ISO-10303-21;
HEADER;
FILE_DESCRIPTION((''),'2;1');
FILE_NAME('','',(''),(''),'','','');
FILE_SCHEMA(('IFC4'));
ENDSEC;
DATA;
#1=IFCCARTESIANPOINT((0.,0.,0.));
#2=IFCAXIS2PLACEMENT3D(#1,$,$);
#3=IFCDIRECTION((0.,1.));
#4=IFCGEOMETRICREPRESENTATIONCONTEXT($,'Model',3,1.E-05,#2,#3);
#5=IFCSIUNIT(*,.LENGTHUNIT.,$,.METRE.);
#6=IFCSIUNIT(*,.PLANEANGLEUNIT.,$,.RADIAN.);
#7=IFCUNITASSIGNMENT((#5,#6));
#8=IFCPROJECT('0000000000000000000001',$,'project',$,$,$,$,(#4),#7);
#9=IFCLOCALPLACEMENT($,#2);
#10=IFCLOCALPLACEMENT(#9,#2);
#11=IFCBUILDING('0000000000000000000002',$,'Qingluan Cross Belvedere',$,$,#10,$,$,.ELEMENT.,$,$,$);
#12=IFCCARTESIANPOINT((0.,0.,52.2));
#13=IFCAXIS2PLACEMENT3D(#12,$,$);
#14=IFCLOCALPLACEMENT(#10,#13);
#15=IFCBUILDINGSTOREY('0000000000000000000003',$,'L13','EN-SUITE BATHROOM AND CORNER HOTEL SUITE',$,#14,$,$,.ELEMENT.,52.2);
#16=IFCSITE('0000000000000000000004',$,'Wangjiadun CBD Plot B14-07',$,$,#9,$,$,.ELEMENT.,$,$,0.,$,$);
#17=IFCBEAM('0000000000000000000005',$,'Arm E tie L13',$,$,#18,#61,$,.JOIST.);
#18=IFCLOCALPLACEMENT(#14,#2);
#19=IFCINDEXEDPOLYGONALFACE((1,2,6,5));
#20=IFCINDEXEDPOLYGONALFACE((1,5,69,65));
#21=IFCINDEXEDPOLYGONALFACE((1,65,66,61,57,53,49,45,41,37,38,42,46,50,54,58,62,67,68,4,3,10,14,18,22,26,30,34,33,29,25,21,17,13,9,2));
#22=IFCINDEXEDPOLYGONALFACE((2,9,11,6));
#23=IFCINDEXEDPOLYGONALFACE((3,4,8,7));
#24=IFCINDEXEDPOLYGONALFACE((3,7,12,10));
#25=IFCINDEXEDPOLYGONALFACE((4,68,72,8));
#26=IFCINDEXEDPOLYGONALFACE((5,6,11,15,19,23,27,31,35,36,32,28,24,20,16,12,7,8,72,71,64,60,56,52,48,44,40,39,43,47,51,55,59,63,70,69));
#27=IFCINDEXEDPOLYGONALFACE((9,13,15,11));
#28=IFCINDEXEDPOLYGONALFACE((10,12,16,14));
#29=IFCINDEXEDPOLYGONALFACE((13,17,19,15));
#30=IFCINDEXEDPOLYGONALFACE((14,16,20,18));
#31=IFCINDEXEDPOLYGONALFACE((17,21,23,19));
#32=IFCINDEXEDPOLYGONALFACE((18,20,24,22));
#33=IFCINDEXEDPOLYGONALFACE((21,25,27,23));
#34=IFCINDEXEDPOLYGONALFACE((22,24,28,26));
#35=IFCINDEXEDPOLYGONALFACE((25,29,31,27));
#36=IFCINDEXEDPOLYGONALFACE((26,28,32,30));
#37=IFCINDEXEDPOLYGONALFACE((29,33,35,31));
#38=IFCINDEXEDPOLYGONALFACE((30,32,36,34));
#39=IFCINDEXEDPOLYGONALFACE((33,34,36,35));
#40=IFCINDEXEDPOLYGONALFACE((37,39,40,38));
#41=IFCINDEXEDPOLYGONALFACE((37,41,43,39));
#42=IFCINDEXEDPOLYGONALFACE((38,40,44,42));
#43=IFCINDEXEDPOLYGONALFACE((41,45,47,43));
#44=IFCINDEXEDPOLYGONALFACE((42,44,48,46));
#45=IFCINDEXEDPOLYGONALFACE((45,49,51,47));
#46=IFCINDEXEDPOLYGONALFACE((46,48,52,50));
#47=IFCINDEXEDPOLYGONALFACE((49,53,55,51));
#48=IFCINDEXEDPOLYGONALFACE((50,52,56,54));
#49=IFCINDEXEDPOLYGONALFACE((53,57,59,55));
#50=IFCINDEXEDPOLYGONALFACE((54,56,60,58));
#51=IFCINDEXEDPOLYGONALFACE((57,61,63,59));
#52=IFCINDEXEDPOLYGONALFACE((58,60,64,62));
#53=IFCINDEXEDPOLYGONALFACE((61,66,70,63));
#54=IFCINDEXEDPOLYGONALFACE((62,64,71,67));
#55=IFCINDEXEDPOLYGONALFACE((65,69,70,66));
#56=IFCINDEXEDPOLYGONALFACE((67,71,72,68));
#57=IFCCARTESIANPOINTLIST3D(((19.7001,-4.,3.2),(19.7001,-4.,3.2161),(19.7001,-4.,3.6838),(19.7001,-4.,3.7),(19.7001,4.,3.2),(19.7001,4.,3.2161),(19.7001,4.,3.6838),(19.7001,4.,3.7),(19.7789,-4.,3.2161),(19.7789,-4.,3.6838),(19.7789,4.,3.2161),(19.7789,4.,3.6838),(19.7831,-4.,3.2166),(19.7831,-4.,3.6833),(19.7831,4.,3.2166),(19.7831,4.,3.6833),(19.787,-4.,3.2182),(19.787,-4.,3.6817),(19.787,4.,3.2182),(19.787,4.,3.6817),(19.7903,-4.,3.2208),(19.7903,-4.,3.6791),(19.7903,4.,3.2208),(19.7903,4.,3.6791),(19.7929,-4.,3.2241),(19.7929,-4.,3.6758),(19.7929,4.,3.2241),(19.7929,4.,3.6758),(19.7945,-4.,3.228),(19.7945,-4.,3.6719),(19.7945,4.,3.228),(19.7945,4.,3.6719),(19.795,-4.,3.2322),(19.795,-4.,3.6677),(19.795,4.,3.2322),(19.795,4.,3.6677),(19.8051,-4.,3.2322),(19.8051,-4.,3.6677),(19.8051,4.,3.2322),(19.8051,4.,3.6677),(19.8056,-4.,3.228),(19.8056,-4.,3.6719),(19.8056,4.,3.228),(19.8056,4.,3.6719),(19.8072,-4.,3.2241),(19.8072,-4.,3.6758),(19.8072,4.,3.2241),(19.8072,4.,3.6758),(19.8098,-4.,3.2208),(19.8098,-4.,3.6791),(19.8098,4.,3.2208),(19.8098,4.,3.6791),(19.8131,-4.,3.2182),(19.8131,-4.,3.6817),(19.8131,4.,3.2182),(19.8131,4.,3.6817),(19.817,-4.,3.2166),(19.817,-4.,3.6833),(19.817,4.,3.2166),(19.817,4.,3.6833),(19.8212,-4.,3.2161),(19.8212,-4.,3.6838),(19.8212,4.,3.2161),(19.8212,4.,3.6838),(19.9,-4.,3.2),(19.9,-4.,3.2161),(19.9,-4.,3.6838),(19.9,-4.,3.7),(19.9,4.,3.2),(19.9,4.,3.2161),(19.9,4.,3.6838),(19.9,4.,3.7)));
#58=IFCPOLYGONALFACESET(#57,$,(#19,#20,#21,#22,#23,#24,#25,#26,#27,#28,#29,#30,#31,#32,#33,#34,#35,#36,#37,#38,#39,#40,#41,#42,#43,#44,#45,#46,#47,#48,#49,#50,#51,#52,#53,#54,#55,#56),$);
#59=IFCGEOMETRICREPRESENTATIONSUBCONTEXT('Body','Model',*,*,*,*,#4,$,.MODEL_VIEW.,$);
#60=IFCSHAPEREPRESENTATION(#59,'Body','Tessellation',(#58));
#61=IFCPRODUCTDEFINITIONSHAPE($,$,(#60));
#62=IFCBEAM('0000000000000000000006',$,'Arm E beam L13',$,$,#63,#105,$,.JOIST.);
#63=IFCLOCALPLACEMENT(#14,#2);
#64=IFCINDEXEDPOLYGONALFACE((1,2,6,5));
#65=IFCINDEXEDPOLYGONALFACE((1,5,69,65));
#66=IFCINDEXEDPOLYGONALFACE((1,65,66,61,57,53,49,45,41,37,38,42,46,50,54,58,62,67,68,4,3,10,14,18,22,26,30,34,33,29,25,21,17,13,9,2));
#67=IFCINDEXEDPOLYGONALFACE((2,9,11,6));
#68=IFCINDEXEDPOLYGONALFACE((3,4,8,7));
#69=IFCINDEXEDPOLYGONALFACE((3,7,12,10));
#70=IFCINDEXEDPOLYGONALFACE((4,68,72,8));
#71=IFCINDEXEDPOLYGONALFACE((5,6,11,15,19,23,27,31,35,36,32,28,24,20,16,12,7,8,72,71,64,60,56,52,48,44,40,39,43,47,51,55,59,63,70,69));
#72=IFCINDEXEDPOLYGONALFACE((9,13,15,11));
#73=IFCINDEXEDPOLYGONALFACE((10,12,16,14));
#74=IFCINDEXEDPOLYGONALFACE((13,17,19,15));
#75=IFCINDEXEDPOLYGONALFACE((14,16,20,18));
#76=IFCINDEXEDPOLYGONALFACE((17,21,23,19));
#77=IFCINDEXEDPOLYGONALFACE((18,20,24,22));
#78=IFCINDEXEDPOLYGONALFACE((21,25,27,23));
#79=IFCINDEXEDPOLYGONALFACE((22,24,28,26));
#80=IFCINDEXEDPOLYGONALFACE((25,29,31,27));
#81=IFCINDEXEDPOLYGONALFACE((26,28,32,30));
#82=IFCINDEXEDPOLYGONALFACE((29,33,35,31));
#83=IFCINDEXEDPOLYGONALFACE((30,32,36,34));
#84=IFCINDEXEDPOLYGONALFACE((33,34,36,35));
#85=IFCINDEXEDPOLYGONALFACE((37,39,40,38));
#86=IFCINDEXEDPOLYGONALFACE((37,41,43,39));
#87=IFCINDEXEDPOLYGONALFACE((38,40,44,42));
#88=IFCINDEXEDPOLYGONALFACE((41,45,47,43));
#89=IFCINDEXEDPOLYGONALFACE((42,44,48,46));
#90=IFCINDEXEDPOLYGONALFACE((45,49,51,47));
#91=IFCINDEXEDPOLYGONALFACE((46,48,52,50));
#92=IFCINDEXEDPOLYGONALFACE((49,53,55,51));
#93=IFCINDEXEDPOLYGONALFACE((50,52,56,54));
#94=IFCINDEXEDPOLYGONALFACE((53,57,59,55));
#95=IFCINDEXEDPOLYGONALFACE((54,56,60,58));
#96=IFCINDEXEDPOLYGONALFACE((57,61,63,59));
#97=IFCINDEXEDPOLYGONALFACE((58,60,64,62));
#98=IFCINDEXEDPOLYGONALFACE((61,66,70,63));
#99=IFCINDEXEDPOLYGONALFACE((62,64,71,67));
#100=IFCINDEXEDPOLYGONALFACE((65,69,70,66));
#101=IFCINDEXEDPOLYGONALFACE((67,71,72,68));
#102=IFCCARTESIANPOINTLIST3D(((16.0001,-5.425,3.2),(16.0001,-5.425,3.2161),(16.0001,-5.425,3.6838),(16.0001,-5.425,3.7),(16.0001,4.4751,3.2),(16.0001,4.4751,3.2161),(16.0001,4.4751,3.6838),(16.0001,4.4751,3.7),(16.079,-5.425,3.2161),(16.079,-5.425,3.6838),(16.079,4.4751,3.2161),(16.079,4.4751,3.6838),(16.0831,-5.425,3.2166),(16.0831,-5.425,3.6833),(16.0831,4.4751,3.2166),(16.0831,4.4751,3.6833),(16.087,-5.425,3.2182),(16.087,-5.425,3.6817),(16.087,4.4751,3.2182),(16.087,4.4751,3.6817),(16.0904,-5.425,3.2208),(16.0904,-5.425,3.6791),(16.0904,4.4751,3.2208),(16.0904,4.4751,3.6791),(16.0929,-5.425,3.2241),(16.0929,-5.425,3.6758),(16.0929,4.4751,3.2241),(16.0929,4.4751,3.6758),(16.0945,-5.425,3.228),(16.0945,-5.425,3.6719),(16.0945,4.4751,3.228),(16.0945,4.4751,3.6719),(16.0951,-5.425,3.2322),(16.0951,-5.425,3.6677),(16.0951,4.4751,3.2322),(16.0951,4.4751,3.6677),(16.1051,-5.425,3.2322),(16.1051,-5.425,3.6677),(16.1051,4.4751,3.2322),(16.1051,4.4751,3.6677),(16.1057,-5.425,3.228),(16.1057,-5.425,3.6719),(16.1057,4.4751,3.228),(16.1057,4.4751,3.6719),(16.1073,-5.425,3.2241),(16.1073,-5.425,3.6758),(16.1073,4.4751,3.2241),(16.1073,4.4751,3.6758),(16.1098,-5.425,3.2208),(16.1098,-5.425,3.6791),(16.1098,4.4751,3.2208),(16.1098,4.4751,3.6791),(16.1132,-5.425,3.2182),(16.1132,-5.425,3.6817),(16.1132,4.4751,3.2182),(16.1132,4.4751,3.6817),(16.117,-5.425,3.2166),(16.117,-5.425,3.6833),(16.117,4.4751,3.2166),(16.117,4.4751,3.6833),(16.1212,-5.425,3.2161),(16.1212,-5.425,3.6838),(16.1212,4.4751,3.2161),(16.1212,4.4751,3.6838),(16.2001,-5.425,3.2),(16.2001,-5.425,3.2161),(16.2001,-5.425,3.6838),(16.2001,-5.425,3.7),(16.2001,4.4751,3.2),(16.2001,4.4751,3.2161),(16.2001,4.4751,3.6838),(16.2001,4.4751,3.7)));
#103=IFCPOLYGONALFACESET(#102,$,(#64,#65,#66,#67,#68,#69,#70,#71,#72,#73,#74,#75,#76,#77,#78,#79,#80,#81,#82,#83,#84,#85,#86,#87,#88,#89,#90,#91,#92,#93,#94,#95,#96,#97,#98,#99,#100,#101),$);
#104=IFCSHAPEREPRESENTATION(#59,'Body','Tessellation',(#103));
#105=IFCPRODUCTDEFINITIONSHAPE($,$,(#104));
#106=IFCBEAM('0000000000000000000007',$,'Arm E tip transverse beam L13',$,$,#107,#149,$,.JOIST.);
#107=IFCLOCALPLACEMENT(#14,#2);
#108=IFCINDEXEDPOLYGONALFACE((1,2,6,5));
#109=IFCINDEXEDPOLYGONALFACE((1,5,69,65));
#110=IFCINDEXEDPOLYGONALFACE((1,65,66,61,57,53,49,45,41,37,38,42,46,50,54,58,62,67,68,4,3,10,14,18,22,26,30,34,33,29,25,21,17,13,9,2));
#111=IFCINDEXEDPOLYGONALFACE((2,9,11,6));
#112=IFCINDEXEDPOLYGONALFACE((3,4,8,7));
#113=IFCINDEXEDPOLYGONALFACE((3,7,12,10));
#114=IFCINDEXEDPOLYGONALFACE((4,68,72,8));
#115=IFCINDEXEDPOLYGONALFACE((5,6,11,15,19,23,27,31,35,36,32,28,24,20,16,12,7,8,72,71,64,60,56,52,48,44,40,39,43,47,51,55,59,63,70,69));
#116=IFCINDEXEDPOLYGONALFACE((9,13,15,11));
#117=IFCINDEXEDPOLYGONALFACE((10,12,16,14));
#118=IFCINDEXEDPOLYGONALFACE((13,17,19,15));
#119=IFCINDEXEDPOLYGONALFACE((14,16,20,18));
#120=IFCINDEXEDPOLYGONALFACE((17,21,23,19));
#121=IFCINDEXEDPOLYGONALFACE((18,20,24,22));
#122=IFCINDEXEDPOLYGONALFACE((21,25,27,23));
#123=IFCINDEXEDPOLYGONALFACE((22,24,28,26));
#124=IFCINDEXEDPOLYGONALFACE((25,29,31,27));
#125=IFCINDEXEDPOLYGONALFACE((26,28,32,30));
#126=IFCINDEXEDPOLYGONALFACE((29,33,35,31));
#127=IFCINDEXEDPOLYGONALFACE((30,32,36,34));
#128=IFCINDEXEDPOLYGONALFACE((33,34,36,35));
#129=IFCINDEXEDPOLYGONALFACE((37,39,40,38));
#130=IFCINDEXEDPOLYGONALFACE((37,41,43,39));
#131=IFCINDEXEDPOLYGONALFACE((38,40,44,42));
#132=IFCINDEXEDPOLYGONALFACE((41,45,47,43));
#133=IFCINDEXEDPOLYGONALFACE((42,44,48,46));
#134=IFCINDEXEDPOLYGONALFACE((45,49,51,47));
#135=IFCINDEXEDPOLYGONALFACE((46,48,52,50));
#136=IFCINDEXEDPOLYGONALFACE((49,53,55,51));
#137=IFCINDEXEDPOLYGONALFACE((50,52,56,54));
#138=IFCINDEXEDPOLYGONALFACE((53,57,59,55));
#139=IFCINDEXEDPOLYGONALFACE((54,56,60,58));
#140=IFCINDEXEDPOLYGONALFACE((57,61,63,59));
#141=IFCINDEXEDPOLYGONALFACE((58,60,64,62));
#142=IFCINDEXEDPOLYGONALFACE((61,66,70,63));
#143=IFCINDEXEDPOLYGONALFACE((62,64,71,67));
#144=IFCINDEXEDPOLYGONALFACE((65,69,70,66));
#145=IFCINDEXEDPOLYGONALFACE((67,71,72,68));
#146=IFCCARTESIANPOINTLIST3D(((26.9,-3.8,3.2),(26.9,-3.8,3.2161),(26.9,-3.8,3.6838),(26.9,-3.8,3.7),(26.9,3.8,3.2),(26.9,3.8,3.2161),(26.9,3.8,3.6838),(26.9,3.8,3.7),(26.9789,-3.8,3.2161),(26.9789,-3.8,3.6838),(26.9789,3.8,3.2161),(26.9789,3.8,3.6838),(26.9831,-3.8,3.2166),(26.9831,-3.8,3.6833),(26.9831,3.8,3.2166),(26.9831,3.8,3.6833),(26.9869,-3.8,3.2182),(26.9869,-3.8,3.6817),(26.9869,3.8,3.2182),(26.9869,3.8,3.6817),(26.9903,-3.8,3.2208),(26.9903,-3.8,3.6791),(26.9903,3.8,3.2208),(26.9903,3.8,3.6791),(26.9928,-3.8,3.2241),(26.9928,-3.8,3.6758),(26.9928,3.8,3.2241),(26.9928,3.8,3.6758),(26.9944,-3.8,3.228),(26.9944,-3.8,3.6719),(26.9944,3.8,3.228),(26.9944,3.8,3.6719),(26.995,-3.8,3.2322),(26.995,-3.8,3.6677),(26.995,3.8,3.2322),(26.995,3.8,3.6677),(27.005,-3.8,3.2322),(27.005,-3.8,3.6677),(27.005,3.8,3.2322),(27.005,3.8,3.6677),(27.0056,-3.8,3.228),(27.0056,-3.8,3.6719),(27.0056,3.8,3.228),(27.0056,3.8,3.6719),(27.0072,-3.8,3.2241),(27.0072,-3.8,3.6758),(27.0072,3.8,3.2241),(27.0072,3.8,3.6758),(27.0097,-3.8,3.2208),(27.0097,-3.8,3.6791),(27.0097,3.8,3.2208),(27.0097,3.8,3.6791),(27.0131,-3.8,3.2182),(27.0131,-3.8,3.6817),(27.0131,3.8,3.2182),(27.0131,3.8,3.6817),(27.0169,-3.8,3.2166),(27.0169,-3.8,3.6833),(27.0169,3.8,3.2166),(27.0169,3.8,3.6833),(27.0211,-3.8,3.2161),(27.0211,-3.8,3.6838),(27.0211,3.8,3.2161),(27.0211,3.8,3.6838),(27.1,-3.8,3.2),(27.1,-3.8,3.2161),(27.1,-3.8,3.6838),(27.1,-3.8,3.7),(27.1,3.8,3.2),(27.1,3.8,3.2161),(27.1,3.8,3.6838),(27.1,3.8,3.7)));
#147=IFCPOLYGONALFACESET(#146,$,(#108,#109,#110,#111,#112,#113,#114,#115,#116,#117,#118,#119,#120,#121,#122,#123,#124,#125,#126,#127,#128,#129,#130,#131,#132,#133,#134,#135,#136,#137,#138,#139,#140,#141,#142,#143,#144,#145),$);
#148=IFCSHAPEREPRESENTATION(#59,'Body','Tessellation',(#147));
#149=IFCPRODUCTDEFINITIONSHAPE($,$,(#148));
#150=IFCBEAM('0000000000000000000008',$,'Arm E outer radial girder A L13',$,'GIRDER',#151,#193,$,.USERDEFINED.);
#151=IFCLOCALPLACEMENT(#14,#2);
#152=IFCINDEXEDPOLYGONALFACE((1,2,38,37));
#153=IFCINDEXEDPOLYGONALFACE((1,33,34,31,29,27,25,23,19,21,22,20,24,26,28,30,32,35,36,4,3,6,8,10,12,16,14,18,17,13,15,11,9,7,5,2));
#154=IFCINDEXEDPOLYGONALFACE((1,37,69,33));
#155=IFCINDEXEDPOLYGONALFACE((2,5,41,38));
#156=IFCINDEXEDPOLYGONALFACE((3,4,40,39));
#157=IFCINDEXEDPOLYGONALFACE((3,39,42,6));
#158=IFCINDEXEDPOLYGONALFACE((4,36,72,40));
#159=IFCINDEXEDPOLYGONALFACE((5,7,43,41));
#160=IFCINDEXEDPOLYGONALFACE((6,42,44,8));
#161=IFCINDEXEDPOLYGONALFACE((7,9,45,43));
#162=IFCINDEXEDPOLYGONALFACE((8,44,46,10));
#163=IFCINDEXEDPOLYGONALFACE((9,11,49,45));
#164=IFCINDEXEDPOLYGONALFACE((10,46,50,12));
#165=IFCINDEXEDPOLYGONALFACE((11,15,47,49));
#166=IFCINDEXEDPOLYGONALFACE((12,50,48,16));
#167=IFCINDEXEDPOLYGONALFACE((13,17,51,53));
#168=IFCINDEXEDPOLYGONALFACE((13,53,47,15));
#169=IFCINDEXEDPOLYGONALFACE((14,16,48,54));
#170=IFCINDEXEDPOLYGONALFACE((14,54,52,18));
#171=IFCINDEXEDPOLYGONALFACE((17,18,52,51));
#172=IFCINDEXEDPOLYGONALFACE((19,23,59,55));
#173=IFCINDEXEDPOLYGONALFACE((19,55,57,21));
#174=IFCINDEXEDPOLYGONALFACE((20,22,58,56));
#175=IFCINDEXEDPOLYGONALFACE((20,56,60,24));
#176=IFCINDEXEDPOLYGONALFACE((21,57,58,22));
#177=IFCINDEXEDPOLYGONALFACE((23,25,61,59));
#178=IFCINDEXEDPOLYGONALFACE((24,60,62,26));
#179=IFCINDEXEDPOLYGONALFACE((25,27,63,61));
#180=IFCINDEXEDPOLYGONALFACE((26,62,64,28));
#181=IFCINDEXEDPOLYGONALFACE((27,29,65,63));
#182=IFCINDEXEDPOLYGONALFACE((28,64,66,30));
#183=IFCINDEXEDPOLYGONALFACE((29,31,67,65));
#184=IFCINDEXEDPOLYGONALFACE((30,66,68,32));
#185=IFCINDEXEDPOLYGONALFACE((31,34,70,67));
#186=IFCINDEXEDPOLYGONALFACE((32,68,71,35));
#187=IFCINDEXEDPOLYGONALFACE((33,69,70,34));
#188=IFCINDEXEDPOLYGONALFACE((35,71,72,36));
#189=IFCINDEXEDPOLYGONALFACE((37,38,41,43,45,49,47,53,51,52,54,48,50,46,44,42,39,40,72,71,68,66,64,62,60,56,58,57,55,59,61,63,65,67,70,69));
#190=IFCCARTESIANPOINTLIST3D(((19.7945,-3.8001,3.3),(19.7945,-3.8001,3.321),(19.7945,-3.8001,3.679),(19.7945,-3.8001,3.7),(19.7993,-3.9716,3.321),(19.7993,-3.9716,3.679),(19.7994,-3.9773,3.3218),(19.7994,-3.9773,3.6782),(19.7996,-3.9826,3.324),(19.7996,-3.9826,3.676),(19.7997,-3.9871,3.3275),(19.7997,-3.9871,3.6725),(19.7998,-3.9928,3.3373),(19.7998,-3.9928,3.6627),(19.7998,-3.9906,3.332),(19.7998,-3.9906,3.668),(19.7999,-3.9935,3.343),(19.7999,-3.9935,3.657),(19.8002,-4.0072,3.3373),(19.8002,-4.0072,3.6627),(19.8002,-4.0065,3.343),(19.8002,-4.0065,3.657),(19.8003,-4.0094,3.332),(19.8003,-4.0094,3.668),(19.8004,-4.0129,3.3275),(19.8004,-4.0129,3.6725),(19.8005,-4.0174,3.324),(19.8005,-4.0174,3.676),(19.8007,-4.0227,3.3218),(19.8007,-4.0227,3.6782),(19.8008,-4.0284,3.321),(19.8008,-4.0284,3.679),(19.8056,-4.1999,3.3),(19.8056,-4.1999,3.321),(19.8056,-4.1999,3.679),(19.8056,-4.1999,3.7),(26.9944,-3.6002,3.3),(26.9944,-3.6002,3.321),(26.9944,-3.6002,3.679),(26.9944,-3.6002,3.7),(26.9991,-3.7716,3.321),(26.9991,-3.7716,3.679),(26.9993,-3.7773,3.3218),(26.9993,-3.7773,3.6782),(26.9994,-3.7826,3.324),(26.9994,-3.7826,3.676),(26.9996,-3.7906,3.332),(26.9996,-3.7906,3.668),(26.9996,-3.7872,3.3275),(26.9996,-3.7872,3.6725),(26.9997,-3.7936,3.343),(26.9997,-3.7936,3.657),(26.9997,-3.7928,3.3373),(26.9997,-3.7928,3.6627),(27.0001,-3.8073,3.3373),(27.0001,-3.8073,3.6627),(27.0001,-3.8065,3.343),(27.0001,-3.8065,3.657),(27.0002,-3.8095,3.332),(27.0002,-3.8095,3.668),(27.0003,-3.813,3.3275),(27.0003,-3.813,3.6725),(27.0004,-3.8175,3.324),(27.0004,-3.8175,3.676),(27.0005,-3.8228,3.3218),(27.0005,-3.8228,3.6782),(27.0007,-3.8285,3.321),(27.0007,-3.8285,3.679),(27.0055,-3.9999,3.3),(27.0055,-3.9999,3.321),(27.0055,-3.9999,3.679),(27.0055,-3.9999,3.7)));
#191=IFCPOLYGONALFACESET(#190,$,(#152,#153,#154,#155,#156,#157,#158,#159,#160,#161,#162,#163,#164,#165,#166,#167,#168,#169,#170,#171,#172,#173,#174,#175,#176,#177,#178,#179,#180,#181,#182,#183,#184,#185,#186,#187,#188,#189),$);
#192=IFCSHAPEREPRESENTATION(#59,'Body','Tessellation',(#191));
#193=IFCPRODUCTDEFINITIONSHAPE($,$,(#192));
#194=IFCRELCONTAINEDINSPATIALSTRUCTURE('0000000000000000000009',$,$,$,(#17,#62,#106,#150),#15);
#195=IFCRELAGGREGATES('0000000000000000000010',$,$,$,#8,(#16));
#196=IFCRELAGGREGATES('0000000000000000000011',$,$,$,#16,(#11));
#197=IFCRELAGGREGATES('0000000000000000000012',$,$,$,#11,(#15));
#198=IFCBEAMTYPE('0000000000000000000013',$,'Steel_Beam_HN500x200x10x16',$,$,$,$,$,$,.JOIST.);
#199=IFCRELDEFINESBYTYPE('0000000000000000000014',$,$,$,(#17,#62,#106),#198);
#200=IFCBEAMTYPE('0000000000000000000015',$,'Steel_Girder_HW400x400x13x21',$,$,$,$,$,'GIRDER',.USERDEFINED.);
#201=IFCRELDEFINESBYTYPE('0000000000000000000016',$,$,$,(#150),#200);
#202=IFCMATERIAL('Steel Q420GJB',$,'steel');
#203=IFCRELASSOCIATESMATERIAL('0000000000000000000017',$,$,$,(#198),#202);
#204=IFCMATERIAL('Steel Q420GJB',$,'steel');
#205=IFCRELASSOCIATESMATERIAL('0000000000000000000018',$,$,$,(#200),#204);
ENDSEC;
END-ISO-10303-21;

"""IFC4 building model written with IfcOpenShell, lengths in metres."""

from ifc_helpers import new_model, si_unit, direction, frame, origin, origin_2d, place, context, subcontext, project, spatial, i_section, extrude, material, material_profile, profile_set, type_object, element, save


model = new_model("IFC4")

# Units and contexts
model_context = context("Model", 3, precision=1e-05, world=origin(), true_north=direction((0.0, 1.0)))
body_context = subcontext(model_context, "Body", "Model", "MODEL_VIEW")
ifc_project = project(units=[si_unit("LENGTHUNIT", "METRE"), si_unit("PLANEANGLEUNIT", "RADIAN")], contexts=[model_context])

# Site, building, storey
site_placement = place(None, origin())
site = spatial("IfcSite", under=ifc_project, at=site_placement, Name="Wangjiadun CBD Plot B14-07", CompositionType="ELEMENT", RefElevation=0.0)
building_placement = place(site_placement, origin())
building = spatial("IfcBuilding", under=site, at=building_placement, Name="Qingluan Cross Belvedere", CompositionType="ELEMENT")
storey_placement = place(building_placement, frame((0.0, 0.0, 52.2)))
storey = spatial("IfcBuildingStorey", under=building, at=storey_placement, Name="L13", Description="EN-SUITE BATHROOM AND CORNER HOTEL SUITE", CompositionType="ELEMENT", Elevation=52.2)

# Beams
ifc_material_1 = material(Name="Steel Q420GJB", Category="steel")
ifc_material_profile_1 = material_profile(ifc_material_1, i_section(OverallWidth=0.2, OverallDepth=0.5, WebThickness=0.01, FlangeThickness=0.0161, FilletRadius=0.0161, at=origin_2d()), Name="HN500x200x10x16")
ifc_profile_set_1 = profile_set([ifc_material_profile_1], Name="Steel Q420GJB")
beam_type_1 = type_object("IfcBeamType", Name="Steel_Beam_HN500x200x10x16", PredefinedType="JOIST", material=ifc_profile_set_1)
beam_1_placement = place(storey_placement, frame((19.8, -4.0, 3.45), z_axis=(0.0, 1.0, 0.0), x_axis=(-1.0, 0.0, 0.0)))
element("IfcBeam", 1, at=beam_1_placement, inside=storey, type_object=beam_type_1, Name="Arm E tie L13", PredefinedType="JOIST", context=body_context, shape_type="SweptSolid", body=[
    extrude(i_section(OverallWidth=0.2, OverallDepth=0.5, WebThickness=0.01, FlangeThickness=0.0161, FilletRadius=0.0161, at=origin_2d()), origin(), (0.0, 0.0, 1.0), 8.0),
])
beam_2_placement = place(storey_placement, frame((16.1001, -5.425, 3.45), z_axis=(0.0, 1.0, 0.0), x_axis=(-1.0, 0.0, 0.0)))
element("IfcBeam", 2, at=beam_2_placement, inside=storey, type_object=beam_type_1, Name="Arm E beam L13", PredefinedType="JOIST", context=body_context, shape_type="SweptSolid", body=[
    extrude(i_section(OverallWidth=0.2, OverallDepth=0.5, WebThickness=0.01, FlangeThickness=0.0161, FilletRadius=0.0161, at=origin_2d()), origin(), (0.0, 0.0, 1.0), 9.9001),
])
beam_3_placement = place(storey_placement, frame((27.0, -3.8, 3.45), z_axis=(0.0, 1.0, 0.0), x_axis=(-1.0, 0.0, 0.0)))
element("IfcBeam", 3, at=beam_3_placement, inside=storey, type_object=beam_type_1, Name="Arm E tip transverse beam L13", PredefinedType="JOIST", context=body_context, shape_type="SweptSolid", body=[
    extrude(i_section(OverallWidth=0.2, OverallDepth=0.5, WebThickness=0.01, FlangeThickness=0.0161, FilletRadius=0.0161, at=origin_2d()), origin(), (0.0, 0.0, 1.0), 7.6001),
])
ifc_material_2 = material(Name="Steel Q420GJB", Category="steel")
ifc_material_profile_2 = material_profile(ifc_material_2, i_section(OverallWidth=0.3999, OverallDepth=0.3999, WebThickness=0.0129, FlangeThickness=0.021, FilletRadius=0.022, at=origin_2d()), Name="HW400x400x13x21")
ifc_profile_set_2 = profile_set([ifc_material_profile_2], Name="Steel Q420GJB")
beam_type_2 = type_object("IfcBeamType", Name="Steel_Girder_HW400x400x13x21", ElementType="GIRDER", PredefinedType="USERDEFINED", material=ifc_profile_set_2)
beam_4_placement = place(storey_placement, frame((19.8, -4.0, 3.5), z_axis=(0.999615, 0.02776, 0.0), x_axis=(-0.02776, 0.999615, 0.0)))
element("IfcBeam", 4, at=beam_4_placement, inside=storey, type_object=beam_type_2, Name="Arm E outer radial girder A L13", ObjectType="GIRDER", PredefinedType="USERDEFINED", context=body_context, shape_type="SweptSolid", body=[
    extrude(i_section(OverallWidth=0.3999, OverallDepth=0.3999, WebThickness=0.0129, FlangeThickness=0.021, FilletRadius=0.022, at=origin_2d()), origin(), (0.0, 0.0, 1.0), 7.2026),
])

save(model, "model.ifc")
